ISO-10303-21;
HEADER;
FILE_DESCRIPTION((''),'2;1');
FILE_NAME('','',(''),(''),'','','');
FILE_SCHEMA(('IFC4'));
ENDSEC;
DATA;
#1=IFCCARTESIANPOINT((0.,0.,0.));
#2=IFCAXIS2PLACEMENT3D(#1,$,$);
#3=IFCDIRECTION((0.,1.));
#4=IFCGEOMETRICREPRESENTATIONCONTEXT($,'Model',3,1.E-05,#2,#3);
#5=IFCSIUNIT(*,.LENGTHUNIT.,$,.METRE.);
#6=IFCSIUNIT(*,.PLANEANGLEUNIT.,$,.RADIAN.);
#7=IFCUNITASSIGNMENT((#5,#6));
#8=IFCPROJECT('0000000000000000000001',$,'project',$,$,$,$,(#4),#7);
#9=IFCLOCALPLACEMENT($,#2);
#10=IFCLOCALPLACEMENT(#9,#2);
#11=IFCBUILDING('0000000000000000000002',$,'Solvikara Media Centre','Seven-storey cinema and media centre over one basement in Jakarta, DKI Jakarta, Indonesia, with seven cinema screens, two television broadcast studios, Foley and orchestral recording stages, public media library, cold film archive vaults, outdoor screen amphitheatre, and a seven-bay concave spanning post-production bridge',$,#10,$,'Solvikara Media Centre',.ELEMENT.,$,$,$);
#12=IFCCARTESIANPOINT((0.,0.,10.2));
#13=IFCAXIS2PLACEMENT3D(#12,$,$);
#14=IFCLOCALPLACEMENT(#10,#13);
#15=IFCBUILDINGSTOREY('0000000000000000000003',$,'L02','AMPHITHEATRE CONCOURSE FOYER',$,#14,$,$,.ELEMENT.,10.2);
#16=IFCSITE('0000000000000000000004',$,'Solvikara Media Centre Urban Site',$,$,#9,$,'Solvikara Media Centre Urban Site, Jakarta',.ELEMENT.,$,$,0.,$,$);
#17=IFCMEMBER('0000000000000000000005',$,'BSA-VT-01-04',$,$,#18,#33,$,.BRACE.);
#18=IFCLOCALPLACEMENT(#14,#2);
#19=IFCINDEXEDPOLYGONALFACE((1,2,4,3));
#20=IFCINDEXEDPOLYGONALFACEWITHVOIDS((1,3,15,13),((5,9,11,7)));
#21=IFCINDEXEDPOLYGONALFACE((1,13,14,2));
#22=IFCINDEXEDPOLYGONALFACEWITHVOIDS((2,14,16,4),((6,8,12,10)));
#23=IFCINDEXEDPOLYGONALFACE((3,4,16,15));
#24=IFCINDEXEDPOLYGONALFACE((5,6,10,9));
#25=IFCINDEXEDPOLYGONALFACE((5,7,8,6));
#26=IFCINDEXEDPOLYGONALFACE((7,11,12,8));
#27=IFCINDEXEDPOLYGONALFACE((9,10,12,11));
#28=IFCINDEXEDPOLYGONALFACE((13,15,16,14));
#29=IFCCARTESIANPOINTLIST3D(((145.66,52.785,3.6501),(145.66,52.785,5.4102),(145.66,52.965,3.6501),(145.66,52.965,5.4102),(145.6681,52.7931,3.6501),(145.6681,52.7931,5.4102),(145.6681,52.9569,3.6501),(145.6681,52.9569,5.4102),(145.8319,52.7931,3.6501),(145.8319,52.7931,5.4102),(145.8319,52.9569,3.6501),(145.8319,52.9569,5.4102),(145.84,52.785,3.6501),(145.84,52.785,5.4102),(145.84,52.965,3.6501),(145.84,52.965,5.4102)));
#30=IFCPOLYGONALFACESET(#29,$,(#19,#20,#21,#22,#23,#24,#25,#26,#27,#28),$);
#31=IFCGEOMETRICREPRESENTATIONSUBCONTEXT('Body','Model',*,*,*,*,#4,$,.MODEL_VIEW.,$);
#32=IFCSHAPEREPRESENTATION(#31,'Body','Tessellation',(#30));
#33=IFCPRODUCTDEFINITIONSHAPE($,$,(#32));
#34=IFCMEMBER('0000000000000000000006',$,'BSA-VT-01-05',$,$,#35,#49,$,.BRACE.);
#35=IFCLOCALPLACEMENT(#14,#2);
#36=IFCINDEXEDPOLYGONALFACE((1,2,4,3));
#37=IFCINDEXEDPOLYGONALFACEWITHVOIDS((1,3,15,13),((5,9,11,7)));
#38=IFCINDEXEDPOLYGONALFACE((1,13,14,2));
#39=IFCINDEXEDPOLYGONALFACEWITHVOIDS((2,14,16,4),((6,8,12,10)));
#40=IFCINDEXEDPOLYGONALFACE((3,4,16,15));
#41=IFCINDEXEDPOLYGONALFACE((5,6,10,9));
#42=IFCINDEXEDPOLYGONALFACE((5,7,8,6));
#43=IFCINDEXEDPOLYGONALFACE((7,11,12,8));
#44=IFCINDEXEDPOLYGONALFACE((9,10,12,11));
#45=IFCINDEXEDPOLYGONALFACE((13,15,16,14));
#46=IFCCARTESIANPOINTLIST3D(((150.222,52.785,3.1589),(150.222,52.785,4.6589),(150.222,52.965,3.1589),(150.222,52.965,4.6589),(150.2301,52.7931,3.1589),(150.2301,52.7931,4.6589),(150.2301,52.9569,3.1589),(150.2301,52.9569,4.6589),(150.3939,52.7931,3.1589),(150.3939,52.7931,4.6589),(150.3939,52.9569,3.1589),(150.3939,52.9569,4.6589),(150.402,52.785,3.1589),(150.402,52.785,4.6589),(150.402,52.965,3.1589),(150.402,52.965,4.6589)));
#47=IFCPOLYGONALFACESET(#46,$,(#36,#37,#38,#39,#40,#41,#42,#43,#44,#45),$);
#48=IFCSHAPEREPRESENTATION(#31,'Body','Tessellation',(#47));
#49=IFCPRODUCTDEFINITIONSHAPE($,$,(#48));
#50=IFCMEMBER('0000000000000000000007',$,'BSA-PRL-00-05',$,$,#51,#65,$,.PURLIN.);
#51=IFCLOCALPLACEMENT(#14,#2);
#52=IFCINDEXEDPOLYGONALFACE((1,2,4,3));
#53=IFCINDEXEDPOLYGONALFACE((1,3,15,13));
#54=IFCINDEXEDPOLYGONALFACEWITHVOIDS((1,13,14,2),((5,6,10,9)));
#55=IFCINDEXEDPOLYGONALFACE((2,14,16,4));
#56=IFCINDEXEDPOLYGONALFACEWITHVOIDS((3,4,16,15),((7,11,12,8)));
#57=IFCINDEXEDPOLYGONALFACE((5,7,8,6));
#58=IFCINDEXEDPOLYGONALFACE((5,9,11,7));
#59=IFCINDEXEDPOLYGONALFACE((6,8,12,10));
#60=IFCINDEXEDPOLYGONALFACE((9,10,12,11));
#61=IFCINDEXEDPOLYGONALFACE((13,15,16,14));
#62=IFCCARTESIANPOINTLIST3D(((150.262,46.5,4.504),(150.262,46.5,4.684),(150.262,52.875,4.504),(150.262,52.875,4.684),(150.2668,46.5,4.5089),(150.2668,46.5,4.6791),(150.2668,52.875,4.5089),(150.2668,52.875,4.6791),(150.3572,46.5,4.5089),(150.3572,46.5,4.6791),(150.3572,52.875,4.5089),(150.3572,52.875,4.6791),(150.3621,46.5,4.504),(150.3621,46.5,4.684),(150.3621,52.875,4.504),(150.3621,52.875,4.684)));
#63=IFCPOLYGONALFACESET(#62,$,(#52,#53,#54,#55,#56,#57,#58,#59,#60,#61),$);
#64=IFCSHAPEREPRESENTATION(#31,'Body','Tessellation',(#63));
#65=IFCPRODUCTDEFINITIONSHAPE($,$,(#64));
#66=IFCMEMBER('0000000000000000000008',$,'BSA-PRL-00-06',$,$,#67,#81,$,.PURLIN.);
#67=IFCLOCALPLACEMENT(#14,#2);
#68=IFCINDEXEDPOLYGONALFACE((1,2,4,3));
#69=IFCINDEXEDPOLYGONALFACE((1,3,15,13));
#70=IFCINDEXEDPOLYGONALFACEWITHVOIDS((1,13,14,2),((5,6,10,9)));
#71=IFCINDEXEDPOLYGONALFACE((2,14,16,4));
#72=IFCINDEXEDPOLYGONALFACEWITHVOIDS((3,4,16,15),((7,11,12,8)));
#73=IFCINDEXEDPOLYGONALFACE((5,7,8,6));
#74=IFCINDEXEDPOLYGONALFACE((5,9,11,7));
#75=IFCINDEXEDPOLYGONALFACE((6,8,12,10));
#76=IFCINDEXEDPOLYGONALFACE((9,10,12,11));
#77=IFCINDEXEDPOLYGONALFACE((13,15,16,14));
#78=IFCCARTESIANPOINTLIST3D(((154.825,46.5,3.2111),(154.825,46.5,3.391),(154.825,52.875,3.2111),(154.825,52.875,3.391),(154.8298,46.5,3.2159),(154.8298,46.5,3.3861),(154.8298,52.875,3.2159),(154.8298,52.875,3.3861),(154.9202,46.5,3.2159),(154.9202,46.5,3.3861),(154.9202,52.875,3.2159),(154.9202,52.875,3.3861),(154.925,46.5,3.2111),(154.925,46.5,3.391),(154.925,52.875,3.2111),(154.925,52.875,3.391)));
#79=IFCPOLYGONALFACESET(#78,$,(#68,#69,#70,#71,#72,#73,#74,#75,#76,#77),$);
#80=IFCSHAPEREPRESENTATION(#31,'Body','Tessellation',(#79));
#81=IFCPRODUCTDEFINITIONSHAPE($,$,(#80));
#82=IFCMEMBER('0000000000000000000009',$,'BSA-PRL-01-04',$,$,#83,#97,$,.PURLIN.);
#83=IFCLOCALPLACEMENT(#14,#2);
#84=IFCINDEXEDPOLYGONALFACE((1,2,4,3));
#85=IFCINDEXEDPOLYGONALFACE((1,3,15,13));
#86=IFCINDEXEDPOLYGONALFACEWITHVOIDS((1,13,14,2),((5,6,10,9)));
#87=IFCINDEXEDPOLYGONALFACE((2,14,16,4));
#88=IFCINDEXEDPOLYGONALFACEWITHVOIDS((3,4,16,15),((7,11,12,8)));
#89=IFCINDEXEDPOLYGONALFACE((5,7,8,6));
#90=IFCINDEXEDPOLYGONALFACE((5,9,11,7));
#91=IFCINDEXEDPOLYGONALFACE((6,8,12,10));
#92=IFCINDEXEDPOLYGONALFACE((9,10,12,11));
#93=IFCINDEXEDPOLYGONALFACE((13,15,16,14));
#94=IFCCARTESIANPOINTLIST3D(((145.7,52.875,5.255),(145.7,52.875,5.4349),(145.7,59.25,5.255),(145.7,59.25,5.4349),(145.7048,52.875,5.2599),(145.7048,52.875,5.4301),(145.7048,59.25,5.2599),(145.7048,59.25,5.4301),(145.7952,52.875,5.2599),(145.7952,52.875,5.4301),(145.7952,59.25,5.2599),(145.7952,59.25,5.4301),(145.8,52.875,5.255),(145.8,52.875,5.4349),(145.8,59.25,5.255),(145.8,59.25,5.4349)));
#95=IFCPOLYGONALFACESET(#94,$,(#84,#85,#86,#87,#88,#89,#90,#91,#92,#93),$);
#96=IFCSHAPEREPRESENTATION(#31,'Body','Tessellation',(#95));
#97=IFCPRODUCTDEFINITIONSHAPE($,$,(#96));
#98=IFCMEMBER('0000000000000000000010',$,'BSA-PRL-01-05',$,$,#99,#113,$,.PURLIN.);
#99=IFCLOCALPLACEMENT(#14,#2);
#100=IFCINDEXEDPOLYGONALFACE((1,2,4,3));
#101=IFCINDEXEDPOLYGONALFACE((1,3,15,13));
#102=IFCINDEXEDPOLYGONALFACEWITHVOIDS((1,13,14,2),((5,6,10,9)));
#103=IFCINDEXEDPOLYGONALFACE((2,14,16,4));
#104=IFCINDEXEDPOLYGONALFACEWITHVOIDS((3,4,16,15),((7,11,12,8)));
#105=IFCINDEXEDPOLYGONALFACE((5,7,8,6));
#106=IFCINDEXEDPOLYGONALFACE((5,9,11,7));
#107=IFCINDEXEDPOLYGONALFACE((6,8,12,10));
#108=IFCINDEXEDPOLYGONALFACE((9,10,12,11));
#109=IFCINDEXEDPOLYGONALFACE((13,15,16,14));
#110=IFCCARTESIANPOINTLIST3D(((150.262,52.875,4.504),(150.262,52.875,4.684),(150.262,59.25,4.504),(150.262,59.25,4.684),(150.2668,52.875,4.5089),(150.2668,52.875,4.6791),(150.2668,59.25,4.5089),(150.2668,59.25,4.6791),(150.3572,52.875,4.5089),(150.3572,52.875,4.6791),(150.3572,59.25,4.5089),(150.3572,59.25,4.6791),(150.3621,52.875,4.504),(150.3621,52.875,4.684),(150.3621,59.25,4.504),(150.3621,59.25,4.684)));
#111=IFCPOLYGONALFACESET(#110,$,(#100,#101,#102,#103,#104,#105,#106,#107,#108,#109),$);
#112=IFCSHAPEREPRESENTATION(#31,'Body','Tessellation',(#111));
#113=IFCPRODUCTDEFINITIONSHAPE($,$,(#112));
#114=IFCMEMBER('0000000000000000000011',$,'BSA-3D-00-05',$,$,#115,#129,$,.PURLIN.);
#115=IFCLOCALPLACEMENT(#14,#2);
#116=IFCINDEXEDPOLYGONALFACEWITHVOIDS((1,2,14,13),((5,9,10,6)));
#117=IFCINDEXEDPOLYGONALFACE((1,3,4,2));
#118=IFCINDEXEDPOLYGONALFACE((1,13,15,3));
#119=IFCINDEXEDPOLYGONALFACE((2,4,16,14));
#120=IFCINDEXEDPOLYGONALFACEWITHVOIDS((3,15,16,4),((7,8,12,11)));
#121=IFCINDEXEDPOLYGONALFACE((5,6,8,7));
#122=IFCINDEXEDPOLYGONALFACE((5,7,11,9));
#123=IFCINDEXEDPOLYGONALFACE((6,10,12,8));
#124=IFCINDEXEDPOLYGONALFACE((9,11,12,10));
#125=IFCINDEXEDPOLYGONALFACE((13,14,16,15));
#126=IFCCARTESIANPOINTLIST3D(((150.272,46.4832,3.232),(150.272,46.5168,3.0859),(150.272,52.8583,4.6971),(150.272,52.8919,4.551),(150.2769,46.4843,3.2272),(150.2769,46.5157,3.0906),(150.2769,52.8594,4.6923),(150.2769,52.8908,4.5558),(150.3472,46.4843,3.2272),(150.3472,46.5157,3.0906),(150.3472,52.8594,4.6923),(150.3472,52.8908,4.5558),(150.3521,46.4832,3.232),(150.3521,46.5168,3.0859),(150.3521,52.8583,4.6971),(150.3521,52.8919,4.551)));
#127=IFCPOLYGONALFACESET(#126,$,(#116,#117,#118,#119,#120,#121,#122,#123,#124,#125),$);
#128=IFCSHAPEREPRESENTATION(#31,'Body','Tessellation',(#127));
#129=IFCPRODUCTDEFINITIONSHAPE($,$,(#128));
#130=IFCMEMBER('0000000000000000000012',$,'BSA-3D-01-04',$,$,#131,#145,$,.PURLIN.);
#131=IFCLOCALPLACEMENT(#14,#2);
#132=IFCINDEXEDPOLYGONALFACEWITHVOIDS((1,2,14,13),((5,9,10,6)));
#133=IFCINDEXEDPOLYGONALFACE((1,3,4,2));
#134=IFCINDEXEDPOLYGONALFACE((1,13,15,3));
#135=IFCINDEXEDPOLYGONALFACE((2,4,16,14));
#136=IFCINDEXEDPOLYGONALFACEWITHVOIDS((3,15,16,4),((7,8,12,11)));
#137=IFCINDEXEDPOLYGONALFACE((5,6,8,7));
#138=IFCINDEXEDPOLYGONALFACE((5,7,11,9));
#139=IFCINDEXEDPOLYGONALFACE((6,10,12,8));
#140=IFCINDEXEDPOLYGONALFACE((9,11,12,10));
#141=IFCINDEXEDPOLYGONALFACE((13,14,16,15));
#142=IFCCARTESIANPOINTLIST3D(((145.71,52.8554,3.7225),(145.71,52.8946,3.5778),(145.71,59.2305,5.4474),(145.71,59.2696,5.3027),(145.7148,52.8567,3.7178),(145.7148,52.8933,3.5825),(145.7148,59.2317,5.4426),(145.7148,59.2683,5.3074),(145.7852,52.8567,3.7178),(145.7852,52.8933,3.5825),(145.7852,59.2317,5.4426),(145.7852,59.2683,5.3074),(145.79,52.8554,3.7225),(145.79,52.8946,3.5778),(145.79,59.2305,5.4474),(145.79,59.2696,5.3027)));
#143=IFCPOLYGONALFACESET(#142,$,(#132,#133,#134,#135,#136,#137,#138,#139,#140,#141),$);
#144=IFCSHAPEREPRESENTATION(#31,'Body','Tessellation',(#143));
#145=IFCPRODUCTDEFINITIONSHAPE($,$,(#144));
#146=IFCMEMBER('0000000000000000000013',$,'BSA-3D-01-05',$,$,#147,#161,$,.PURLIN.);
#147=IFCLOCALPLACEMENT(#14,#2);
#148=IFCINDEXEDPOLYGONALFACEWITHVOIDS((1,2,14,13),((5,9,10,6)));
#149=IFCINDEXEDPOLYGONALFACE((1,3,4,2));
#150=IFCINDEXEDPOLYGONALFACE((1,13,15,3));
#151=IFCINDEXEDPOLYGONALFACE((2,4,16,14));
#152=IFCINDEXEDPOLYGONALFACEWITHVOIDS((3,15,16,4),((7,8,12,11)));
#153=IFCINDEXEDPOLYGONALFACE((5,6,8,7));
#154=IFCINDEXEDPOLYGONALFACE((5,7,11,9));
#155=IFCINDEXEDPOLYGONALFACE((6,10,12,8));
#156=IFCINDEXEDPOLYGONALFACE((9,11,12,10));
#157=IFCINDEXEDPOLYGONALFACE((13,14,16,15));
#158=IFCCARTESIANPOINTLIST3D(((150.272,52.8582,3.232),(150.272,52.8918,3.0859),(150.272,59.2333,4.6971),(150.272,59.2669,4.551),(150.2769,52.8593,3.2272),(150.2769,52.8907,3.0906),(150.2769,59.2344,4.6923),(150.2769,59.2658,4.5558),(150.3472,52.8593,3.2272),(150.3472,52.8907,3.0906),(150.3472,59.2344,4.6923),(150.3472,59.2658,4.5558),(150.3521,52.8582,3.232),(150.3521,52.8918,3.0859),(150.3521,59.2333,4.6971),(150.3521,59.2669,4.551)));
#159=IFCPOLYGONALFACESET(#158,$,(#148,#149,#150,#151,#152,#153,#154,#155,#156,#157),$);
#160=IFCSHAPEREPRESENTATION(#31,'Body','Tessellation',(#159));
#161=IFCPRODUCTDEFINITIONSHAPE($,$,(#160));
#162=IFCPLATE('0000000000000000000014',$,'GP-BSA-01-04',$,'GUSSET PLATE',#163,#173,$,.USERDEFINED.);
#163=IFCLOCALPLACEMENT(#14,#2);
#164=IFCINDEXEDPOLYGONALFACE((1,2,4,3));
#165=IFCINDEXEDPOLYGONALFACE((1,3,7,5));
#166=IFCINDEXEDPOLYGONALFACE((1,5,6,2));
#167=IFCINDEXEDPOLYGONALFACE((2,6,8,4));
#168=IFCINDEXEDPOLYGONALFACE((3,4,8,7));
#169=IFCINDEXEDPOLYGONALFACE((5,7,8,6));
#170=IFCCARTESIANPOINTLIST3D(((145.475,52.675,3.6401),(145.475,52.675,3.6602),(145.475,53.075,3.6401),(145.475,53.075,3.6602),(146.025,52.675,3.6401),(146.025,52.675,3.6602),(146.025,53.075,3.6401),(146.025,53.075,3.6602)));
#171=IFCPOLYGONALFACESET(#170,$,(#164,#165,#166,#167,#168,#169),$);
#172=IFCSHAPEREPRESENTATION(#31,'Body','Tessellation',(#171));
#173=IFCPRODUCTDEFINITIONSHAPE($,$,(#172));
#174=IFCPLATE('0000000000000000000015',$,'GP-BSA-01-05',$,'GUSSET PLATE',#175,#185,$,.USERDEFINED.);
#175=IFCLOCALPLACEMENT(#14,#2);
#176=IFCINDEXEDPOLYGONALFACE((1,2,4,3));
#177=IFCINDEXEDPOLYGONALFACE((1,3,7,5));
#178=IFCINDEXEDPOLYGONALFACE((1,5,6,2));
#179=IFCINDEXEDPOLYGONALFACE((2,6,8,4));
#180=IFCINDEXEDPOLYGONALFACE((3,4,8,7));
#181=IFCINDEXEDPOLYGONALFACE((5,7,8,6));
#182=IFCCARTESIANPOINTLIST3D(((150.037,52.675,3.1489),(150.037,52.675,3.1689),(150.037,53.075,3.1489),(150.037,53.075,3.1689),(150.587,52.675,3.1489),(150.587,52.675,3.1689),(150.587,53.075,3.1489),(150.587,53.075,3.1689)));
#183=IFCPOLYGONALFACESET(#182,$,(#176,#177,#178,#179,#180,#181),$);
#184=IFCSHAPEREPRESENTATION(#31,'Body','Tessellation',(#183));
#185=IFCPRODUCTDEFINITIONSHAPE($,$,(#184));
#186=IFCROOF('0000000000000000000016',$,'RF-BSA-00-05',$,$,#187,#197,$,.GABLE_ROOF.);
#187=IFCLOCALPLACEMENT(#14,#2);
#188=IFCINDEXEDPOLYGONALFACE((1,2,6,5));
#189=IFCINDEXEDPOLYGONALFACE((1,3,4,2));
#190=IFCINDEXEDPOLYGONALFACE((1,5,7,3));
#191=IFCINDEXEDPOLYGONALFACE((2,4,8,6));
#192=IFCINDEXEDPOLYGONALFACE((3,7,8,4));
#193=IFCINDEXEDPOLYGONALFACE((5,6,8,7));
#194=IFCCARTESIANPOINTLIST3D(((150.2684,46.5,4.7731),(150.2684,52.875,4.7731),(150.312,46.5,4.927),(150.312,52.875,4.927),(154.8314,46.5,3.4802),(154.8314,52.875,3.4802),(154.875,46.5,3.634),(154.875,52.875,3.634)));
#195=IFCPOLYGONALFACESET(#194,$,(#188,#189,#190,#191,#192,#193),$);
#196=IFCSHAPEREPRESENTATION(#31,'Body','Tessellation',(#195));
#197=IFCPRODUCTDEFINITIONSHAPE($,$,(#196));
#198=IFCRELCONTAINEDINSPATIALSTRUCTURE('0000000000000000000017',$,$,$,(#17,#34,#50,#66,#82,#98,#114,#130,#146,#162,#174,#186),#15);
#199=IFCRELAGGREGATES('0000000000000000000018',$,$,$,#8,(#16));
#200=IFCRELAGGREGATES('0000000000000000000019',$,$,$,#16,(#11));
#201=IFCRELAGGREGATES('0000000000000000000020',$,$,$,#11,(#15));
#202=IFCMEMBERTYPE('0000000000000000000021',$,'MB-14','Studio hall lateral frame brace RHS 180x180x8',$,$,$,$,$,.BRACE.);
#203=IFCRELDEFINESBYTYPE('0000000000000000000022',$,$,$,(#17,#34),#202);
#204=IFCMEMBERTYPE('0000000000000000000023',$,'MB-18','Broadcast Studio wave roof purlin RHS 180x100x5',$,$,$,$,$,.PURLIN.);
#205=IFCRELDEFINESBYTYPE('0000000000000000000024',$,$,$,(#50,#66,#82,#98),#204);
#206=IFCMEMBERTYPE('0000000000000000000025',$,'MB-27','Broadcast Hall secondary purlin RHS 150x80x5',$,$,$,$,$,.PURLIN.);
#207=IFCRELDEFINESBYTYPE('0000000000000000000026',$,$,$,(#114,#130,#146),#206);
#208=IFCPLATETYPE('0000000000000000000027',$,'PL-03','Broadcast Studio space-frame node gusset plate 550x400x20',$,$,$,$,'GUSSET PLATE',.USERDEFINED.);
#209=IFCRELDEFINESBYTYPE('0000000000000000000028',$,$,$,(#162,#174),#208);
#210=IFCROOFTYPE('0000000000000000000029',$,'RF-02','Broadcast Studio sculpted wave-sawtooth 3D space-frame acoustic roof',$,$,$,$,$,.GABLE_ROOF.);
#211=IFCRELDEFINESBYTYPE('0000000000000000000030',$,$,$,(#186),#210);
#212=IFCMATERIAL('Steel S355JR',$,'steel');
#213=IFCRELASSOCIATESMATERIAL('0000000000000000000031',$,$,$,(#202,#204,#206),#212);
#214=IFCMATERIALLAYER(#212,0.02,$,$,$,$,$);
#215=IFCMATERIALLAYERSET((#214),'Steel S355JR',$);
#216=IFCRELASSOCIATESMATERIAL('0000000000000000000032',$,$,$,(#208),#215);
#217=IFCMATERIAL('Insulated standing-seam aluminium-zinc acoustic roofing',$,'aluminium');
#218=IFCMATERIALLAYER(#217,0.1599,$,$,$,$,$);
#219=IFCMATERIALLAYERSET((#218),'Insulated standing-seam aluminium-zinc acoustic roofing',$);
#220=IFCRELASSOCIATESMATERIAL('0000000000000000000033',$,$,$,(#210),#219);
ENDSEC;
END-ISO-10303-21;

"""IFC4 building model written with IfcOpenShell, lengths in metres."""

from ifc_helpers import new_model, si_unit, direction, frame, origin, origin_2d, place, context, subcontext, project, spatial, polyline, rectangle, hollow_rectangle, outline, extrude, material, layer, layer_set, material_profile, profile_set, type_object, element, save


model = new_model("IFC4")

# Units and contexts
model_context = context("Model", 3, precision=1e-05, world=origin(), true_north=direction((0.0, 1.0)))
body_context = subcontext(model_context, "Body", "Model", "MODEL_VIEW")
ifc_project = project(units=[si_unit("LENGTHUNIT", "METRE"), si_unit("PLANEANGLEUNIT", "RADIAN")], contexts=[model_context])

# Site, building, storey
site_placement = place(None, origin())
site = spatial("IfcSite", under=ifc_project, at=site_placement, Name="Solvikara Media Centre Urban Site", LongName="Solvikara Media Centre Urban Site, Jakarta", CompositionType="ELEMENT", RefElevation=0.0)
building_placement = place(site_placement, origin())
building = spatial("IfcBuilding", under=site, at=building_placement, Name="Solvikara Media Centre", Description="Seven-storey cinema and media centre over one basement in Jakarta, DKI Jakarta, Indonesia, with seven cinema screens, two television broadcast studios, Foley and orchestral recording stages, public media library, cold film archive vaults, outdoor screen amphitheatre, and a seven-bay concave spanning post-production bridge", LongName="Solvikara Media Centre", CompositionType="ELEMENT")
storey_placement = place(building_placement, frame((0.0, 0.0, 10.2)))
storey = spatial("IfcBuildingStorey", under=building, at=storey_placement, Name="L02", Description="AMPHITHEATRE CONCOURSE FOYER", CompositionType="ELEMENT", Elevation=10.2)

# Members
ifc_material_1 = material(Name="Steel S355JR", Category="steel")
ifc_material_profile_1 = material_profile(ifc_material_1, hollow_rectangle(XDim=0.1799, YDim=0.1799, WallThickness=0.0081, at=origin_2d()), Name="RHS 180x180x8")
ifc_profile_set_1 = profile_set([ifc_material_profile_1], Name="Steel S355JR")
member_type_1 = type_object("IfcMemberType", Name="MB-14", Description="Studio hall lateral frame brace RHS 180x180x8", PredefinedType="BRACE", material=ifc_profile_set_1)
member_1_placement = place(storey_placement, frame((145.75, 52.875, 3.6501), z_axis=(0.0, 0.0, 1.0), x_axis=(1.0, 0.0, 0.0)))
element("IfcMember", 1, at=member_1_placement, inside=storey, type_object=member_type_1, Name="BSA-VT-01-04", PredefinedType="BRACE", context=body_context, shape_type="SweptSolid", body=[
    extrude(hollow_rectangle(XDim=0.1799, YDim=0.1799, WallThickness=0.0081, at=origin_2d()), origin(), (0.0, 0.0, 1.0), 1.76),
])
member_2_placement = place(storey_placement, frame((150.312, 52.875, 3.1589), z_axis=(0.0, 0.0, 1.0), x_axis=(1.0, 0.0, 0.0)))
element("IfcMember", 2, at=member_2_placement, inside=storey, type_object=member_type_1, Name="BSA-VT-01-05", PredefinedType="BRACE", context=body_context, shape_type="SweptSolid", body=[
    extrude(hollow_rectangle(XDim=0.1799, YDim=0.1799, WallThickness=0.0081, at=origin_2d()), origin(), (0.0, 0.0, 1.0), 1.5),
])
ifc_material_profile_2 = material_profile(ifc_material_1, hollow_rectangle(XDim=0.1001, YDim=0.1799, WallThickness=0.0049, at=origin_2d()), Name="RHS 180x100x5")
ifc_profile_set_2 = profile_set([ifc_material_profile_2], Name="Steel S355JR")
member_type_2 = type_object("IfcMemberType", Name="MB-18", Description="Broadcast Studio wave roof purlin RHS 180x100x5", PredefinedType="PURLIN", material=ifc_profile_set_2)
for number, where, z_axis, x_axis, name in (
    (3, (150.312, 46.5, 4.594), (0.0, 1.0, 0.0), (-1.0, 0.0, 0.0), "BSA-PRL-00-05"),
    (4, (154.875, 46.5, 3.301), (0.0, 1.0, 0.0), (-1.0, 0.0, 0.0), "BSA-PRL-00-06"),
    (5, (145.75, 52.875, 5.345), (0.0, 1.0, 0.0), (-1.0, 0.0, 0.0), "BSA-PRL-01-04"),
    (6, (150.312, 52.875, 4.594), (0.0, 1.0, 0.0), (-1.0, 0.0, 0.0), "BSA-PRL-01-05"),
):
    element("IfcMember", number, at=place(storey_placement, frame(where, z_axis=z_axis, x_axis=x_axis)), inside=storey, type_object=member_type_2, Name=name, PredefinedType="PURLIN", context=body_context, shape_type="SweptSolid", body=[
        extrude(hollow_rectangle(XDim=0.1001, YDim=0.1799, WallThickness=0.0049, at=origin_2d()), origin(), (0.0, 0.0, 1.0), 6.375),
    ])
ifc_material_profile_3 = material_profile(ifc_material_1, hollow_rectangle(XDim=0.0801, YDim=0.1499, WallThickness=0.0049, at=origin_2d()), Name="RHS 150x80x5")
ifc_profile_set_3 = profile_set([ifc_material_profile_3], Name="Steel S355JR")
member_type_3 = type_object("IfcMemberType", Name="MB-27", Description="Broadcast Hall secondary purlin RHS 150x80x5", PredefinedType="PURLIN", material=ifc_profile_set_3)
member_3_placement = place(storey_placement, frame((150.312, 46.5, 3.1589), z_axis=(0.0, 0.974594, 0.223979), x_axis=(-1.0, 0.0, 0.0)))
element("IfcMember", 7, at=member_3_placement, inside=storey, type_object=member_type_3, Name="BSA-3D-00-05", PredefinedType="PURLIN", context=body_context, shape_type="SweptSolid", body=[
    extrude(hollow_rectangle(XDim=0.0801, YDim=0.1499, WallThickness=0.0049, at=origin_2d()), origin(), (0.0, 0.0, 1.0), 6.5413),
])
member_4_placement = place(storey_placement, frame((145.75, 52.875, 3.6501), z_axis=(0.0, 0.965292, 0.261174), x_axis=(-1.0, 0.0, 0.0)))
element("IfcMember", 8, at=member_4_placement, inside=storey, type_object=member_type_3, Name="BSA-3D-01-04", PredefinedType="PURLIN", context=body_context, shape_type="SweptSolid", body=[
    extrude(hollow_rectangle(XDim=0.0801, YDim=0.1499, WallThickness=0.0049, at=origin_2d()), origin(), (0.0, 0.0, 1.0), 6.6042),
])
member_5_placement = place(storey_placement, frame((150.312, 52.875, 3.1589), z_axis=(0.0, 0.974594, 0.223979), x_axis=(-1.0, 0.0, 0.0)))
element("IfcMember", 9, at=member_5_placement, inside=storey, type_object=member_type_3, Name="BSA-3D-01-05", PredefinedType="PURLIN", context=body_context, shape_type="SweptSolid", body=[
    extrude(hollow_rectangle(XDim=0.0801, YDim=0.1499, WallThickness=0.0049, at=origin_2d()), origin(), (0.0, 0.0, 1.0), 6.5413),
])

# Plates
ifc_layer_1 = layer(ifc_material_1, 0.02)
ifc_layer_set_1 = layer_set([ifc_layer_1], Name="Steel S355JR")
plate_type = type_object("IfcPlateType", Name="PL-03", Description="Broadcast Studio space-frame node gusset plate 550x400x20", ElementType="GUSSET PLATE", PredefinedType="USERDEFINED", material=ifc_layer_set_1)
for number, where, z_axis, x_axis, name in (
    (10, (145.75, 52.875, 3.6401), (0.0, 0.0, 1.0), (1.0, 0.0, 0.0), "GP-BSA-01-04"),
    (11, (150.312, 52.875, 3.1489), (0.0, 0.0, 1.0), (1.0, 0.0, 0.0), "GP-BSA-01-05"),
):
    element("IfcPlate", number, at=place(storey_placement, frame(where, z_axis=z_axis, x_axis=x_axis)), inside=storey, type_object=plate_type, Name=name, ObjectType="GUSSET PLATE", PredefinedType="USERDEFINED", context=body_context, shape_type="SweptSolid", body=[
        extrude(rectangle(XDim=0.55, YDim=0.3999, at=origin_2d()), origin(), (0.0, 0.0, 1.0), 0.02),
    ])

# Roof
ifc_material_2 = material(Name="Insulated standing-seam aluminium-zinc acoustic roofing", Category="aluminium")
ifc_layer_2 = layer(ifc_material_2, 0.1599)
ifc_layer_set_2 = layer_set([ifc_layer_2], Name="Insulated standing-seam aluminium-zinc acoustic roofing")
roof_type = type_object("IfcRoofType", Name="RF-02", Description="Broadcast Studio sculpted wave-sawtooth 3D space-frame acoustic roof", PredefinedType="GABLE_ROOF", material=ifc_layer_set_2)
for number, where, z_axis, x_axis, name in (
    (12, (150.312, 46.5, 4.927), (0.272626, 0.0, 0.96212), (0.96212, 0.0, -0.272626), "RF-BSA-00-05"),
):
    element("IfcRoof", number, at=place(storey_placement, frame(where, z_axis=z_axis, x_axis=x_axis)), inside=storey, type_object=roof_type, Name=name, PredefinedType="GABLE_ROOF", context=body_context, shape_type="SweptSolid", body=[
        extrude(outline(polyline([(0.0, 0.0), (4.7426, 0.0), (4.7426, 6.375), (0.0, 6.375), (0.0, 0.0)])), origin(), (0.0, 0.0, -1.0), 0.1599),
    ])

save(model, "model.ifc")
